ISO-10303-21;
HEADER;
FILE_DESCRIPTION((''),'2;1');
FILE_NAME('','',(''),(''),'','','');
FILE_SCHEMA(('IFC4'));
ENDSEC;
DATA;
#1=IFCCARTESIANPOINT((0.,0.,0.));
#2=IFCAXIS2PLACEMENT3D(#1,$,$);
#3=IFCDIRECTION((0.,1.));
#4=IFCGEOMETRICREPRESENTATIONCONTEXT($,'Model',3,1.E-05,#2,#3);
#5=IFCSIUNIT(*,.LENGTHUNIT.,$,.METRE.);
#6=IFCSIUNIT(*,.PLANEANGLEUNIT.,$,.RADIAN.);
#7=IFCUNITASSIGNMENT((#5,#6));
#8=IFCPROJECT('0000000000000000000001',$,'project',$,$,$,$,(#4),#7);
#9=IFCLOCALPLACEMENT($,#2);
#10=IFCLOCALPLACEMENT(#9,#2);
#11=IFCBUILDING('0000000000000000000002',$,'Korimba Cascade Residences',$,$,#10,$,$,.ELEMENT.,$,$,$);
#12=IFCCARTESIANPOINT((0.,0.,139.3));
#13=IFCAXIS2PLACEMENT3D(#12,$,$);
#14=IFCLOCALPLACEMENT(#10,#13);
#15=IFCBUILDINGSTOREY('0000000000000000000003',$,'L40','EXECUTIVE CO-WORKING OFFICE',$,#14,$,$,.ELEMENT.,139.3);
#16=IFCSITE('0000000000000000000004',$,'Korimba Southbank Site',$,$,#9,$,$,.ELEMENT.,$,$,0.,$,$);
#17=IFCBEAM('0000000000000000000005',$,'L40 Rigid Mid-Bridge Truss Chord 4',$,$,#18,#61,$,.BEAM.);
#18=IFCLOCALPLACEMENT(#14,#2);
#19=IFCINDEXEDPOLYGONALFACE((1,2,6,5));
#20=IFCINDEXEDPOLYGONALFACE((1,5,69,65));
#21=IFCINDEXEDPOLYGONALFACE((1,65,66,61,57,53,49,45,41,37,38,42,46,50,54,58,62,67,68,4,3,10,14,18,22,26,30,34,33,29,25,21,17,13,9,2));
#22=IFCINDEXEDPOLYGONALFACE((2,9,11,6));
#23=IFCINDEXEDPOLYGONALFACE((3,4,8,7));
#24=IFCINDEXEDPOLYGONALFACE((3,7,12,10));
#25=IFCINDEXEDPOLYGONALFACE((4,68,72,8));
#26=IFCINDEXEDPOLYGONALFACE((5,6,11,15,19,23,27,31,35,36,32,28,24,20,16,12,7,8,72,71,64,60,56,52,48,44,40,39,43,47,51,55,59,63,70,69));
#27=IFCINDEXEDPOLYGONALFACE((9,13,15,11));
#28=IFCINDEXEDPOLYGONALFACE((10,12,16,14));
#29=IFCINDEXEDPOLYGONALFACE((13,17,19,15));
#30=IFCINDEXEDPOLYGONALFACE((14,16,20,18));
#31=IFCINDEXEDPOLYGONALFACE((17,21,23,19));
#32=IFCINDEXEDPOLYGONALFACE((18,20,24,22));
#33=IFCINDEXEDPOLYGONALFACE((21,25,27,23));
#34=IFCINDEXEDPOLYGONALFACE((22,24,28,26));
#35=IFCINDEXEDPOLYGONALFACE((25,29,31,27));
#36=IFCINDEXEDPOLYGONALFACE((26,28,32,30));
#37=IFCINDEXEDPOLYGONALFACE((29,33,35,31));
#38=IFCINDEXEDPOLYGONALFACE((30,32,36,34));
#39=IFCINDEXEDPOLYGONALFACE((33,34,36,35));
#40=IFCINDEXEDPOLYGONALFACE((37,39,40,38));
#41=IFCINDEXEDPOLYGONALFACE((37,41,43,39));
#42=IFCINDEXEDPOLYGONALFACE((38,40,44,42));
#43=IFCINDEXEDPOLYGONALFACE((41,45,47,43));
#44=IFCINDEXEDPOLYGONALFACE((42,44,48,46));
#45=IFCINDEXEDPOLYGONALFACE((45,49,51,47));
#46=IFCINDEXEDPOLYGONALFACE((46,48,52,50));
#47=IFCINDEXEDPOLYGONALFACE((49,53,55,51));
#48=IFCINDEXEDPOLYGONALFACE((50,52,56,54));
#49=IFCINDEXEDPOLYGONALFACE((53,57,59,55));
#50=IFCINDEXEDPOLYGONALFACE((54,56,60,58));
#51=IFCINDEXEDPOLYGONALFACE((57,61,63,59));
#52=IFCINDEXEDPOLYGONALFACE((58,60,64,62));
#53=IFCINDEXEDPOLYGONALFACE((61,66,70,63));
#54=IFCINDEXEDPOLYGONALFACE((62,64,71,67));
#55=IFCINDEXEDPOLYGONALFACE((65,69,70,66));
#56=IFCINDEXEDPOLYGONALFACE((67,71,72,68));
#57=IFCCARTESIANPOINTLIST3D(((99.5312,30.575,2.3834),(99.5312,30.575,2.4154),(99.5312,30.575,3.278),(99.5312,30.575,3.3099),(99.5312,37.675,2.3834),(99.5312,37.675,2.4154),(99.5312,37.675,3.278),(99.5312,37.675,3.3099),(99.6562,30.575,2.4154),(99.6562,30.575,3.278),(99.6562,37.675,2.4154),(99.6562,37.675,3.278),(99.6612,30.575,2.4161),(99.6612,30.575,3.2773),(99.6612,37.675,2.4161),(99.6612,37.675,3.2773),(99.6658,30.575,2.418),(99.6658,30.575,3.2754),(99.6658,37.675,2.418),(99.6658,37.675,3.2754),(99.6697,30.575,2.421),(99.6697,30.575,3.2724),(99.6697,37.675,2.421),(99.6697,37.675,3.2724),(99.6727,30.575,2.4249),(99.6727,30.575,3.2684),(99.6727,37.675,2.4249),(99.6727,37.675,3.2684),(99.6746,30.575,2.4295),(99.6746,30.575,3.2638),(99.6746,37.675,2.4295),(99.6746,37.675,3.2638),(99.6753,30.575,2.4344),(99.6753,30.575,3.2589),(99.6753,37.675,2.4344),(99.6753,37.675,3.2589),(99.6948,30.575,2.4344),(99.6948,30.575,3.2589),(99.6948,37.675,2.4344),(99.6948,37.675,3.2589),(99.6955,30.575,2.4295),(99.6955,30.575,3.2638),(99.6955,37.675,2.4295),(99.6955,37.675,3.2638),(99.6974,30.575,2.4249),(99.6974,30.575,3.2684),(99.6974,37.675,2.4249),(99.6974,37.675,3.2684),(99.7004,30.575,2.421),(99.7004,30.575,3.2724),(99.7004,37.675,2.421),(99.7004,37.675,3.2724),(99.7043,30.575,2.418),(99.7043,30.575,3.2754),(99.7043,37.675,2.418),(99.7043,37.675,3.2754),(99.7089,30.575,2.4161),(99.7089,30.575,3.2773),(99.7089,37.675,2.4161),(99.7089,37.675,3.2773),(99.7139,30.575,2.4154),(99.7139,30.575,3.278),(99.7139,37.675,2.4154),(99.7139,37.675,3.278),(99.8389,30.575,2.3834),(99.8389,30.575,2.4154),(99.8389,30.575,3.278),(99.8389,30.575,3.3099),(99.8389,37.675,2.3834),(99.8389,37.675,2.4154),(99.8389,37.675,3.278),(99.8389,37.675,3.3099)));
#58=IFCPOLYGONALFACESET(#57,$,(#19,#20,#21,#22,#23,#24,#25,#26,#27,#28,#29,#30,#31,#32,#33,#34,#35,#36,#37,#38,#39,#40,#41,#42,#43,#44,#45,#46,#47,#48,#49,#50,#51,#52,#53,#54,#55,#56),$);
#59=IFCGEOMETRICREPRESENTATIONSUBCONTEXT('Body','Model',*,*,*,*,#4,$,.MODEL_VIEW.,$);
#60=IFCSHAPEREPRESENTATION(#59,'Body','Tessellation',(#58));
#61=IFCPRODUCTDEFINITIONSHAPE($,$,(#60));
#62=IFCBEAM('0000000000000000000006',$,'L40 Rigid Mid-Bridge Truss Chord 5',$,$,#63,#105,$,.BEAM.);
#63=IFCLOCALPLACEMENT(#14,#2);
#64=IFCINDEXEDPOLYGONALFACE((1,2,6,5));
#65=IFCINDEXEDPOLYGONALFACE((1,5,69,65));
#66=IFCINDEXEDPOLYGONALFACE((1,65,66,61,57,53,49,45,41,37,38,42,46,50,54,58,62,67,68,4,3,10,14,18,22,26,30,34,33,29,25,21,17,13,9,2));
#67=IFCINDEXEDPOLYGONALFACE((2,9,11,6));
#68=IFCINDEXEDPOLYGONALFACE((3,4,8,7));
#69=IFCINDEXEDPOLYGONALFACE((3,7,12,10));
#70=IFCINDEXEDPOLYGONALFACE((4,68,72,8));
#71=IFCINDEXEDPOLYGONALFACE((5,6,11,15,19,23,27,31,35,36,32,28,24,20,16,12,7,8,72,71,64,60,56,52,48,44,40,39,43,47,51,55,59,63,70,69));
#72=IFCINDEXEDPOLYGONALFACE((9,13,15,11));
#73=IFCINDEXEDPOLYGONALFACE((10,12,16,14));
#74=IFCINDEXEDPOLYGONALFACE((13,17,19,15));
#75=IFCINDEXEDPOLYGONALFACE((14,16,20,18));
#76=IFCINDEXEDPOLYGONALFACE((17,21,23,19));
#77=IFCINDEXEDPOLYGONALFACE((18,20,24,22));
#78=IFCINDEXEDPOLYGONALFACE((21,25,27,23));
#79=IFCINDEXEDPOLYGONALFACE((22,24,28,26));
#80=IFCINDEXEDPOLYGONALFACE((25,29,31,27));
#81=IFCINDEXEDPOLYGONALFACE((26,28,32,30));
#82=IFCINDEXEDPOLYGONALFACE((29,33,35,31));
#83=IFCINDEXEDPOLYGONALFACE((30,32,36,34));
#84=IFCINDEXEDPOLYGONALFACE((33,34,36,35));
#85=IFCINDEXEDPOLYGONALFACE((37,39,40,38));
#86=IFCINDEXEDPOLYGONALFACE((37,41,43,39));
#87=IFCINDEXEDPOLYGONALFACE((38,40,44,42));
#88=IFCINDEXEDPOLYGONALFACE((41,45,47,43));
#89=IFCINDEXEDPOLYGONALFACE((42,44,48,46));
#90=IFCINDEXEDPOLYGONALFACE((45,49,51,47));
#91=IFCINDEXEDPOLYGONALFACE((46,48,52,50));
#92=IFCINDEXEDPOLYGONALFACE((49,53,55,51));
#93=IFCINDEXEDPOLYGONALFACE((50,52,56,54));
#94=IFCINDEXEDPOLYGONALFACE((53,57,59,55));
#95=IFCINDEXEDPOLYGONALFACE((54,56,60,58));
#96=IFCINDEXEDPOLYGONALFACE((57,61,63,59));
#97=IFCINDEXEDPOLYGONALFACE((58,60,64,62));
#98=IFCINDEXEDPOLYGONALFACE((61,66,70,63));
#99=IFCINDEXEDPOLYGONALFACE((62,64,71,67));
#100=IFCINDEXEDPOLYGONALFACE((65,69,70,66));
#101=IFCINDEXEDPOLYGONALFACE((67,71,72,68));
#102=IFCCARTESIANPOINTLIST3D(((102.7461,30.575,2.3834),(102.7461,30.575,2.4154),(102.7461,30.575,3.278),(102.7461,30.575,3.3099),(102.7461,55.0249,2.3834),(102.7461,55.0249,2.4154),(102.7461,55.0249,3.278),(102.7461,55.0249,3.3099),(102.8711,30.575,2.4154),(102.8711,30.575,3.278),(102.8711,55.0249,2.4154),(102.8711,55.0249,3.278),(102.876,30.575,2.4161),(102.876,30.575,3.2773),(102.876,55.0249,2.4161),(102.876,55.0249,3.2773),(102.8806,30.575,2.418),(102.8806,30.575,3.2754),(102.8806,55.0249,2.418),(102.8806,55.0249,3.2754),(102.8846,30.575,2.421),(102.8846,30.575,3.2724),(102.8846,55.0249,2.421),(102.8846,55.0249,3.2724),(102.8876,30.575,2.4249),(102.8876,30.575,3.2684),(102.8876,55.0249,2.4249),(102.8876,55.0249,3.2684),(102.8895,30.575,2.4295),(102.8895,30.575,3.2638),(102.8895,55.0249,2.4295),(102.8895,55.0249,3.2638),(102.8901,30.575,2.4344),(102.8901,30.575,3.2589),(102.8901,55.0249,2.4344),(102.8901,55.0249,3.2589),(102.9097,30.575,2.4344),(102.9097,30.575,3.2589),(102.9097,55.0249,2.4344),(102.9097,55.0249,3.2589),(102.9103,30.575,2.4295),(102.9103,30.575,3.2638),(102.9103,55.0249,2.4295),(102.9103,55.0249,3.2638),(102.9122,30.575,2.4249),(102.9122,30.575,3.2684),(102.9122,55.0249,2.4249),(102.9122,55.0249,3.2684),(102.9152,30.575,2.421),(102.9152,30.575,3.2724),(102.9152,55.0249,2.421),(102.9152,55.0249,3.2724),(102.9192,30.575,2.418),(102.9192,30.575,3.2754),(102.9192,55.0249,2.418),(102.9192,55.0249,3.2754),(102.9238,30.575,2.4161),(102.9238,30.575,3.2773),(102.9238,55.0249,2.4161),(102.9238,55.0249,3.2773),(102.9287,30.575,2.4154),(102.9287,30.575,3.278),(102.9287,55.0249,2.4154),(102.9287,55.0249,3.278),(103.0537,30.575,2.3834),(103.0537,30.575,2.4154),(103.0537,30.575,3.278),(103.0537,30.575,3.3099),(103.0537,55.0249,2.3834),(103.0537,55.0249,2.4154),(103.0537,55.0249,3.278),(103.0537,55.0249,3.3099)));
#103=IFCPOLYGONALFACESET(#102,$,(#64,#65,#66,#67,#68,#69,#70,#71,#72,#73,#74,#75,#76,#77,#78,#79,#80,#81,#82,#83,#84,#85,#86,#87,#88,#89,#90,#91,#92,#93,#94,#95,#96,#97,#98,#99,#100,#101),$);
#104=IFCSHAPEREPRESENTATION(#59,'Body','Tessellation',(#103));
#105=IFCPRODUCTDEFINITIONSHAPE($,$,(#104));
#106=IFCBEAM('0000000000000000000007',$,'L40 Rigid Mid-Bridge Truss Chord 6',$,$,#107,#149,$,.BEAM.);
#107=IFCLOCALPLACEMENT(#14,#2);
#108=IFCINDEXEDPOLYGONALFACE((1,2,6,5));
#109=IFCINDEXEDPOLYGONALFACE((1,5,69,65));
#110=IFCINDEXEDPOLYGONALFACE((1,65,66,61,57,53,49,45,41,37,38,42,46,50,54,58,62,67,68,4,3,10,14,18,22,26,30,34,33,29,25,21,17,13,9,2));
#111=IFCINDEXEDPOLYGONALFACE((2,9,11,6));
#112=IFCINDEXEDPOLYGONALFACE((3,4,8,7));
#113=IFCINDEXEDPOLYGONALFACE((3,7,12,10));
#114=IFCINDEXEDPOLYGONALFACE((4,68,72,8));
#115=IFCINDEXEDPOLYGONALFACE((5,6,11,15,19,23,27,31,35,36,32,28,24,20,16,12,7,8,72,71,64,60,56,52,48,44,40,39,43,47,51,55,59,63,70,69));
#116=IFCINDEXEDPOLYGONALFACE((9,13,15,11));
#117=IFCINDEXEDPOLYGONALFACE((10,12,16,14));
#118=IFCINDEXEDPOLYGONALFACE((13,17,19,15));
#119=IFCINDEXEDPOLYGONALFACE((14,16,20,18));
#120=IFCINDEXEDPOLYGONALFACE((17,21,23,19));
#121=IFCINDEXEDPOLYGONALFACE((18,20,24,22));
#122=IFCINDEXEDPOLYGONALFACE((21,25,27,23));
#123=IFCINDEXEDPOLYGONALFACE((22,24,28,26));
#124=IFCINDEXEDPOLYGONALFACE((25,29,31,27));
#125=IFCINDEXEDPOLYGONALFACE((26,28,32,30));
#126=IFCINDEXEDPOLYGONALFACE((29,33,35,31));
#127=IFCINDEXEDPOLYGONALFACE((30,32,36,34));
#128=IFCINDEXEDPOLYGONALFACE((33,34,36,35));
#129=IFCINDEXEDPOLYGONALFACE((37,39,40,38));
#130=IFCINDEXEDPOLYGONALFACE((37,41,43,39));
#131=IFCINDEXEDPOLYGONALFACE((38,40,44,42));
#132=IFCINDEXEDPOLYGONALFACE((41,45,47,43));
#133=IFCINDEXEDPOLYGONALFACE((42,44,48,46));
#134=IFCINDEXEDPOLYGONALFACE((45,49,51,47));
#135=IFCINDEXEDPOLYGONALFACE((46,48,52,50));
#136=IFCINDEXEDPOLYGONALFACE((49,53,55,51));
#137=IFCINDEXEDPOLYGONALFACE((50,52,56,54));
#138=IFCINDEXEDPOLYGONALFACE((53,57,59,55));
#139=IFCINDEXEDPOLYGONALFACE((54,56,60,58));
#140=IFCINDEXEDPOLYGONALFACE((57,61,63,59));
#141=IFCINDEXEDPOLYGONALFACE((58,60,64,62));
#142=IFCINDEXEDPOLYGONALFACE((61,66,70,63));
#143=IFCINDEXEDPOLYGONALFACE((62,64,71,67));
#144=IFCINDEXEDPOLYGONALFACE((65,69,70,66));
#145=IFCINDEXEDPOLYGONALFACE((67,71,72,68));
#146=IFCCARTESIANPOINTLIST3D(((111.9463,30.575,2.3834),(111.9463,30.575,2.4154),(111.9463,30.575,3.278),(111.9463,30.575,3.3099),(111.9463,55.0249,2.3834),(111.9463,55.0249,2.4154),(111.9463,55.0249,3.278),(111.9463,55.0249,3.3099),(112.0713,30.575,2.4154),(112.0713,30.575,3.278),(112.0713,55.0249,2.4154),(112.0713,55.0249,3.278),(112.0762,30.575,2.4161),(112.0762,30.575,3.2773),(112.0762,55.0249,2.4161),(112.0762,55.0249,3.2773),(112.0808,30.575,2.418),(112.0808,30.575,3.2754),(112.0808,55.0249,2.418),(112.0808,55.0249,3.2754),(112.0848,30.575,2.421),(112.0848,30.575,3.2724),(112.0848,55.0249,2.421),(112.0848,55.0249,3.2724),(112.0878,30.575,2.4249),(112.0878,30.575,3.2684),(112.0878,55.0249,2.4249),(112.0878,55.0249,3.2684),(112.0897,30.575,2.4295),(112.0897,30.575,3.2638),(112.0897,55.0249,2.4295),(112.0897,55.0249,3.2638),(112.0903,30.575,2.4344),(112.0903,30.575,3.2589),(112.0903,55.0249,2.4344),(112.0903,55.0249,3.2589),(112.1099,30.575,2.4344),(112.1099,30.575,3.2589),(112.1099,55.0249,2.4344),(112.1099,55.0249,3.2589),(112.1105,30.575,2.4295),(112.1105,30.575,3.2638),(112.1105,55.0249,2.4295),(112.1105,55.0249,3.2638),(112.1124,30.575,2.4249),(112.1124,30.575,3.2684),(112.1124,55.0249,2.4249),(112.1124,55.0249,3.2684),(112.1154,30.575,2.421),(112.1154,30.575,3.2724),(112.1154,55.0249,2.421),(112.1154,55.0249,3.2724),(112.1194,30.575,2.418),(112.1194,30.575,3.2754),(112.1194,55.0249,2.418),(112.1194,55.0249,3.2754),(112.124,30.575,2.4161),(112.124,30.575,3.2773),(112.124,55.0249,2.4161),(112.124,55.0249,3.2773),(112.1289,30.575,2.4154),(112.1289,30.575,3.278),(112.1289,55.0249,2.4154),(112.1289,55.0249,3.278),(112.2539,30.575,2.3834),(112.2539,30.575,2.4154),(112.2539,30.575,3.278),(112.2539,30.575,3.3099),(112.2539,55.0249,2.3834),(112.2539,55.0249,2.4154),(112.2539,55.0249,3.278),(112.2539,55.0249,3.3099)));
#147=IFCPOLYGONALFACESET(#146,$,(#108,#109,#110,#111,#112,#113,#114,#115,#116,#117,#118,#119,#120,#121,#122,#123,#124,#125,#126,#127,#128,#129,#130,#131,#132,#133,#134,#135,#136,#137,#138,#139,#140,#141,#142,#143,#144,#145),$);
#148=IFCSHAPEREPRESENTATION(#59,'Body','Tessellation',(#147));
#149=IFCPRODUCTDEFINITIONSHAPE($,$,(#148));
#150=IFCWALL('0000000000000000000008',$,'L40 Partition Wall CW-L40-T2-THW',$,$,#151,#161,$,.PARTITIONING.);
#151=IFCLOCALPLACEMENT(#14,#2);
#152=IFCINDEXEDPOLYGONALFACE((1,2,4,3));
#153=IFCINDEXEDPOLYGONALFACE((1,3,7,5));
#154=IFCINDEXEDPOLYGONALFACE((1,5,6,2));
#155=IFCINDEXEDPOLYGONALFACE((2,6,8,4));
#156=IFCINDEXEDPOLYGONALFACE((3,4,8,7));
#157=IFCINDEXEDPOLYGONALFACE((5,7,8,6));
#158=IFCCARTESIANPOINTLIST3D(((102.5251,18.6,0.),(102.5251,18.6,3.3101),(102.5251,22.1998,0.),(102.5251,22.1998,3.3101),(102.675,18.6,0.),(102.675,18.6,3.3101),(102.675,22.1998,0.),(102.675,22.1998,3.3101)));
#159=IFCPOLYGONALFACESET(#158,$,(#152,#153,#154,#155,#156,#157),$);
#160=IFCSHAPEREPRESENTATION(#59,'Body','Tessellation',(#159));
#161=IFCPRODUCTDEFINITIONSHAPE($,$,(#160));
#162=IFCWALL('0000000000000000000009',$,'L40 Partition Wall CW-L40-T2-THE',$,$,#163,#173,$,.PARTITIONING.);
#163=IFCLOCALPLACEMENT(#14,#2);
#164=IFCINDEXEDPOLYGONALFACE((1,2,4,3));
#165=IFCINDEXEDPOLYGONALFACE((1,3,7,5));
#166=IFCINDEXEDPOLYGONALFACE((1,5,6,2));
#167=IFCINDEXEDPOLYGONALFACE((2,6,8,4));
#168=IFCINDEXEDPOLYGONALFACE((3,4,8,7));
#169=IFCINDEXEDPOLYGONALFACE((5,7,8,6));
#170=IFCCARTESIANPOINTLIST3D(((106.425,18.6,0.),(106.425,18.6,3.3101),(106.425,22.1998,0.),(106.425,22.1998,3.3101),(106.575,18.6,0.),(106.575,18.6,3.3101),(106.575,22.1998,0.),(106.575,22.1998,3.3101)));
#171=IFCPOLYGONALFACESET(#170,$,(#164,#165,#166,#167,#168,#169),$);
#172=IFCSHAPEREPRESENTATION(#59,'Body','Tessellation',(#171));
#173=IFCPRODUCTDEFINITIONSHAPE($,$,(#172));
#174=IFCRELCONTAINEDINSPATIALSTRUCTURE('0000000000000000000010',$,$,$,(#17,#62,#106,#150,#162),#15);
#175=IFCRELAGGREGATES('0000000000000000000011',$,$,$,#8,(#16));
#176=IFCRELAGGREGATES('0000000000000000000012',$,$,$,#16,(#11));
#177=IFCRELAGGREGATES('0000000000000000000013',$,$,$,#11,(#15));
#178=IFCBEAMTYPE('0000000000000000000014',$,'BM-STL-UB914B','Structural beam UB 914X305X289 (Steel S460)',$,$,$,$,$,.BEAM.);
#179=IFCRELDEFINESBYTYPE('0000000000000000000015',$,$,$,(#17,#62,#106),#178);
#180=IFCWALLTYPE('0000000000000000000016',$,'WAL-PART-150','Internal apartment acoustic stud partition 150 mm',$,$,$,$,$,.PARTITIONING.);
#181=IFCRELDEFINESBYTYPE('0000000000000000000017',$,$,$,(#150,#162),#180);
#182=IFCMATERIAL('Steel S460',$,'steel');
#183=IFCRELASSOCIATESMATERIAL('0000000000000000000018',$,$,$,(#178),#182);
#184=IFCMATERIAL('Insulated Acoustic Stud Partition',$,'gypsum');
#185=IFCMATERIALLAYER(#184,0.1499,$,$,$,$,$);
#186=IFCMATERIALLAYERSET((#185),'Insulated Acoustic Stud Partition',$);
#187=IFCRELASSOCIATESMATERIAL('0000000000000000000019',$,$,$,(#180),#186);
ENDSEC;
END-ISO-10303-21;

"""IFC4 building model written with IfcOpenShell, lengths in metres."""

from ifc_helpers import new_model, si_unit, direction, frame, frame_2d, origin, origin_2d, place, context, subcontext, project, spatial, rectangle, i_section, extrude, material, layer, layer_set, material_profile, profile_set, type_object, element, save


model = new_model("IFC4")

# Units and contexts
model_context = context("Model", 3, precision=1e-05, world=origin(), true_north=direction((0.0, 1.0)))
body_context = subcontext(model_context, "Body", "Model", "MODEL_VIEW")
ifc_project = project(units=[si_unit("LENGTHUNIT", "METRE"), si_unit("PLANEANGLEUNIT", "RADIAN")], contexts=[model_context])

# Site, building, storey
site_placement = place(None, origin())
site = spatial("IfcSite", under=ifc_project, at=site_placement, Name="Korimba Southbank Site", CompositionType="ELEMENT", RefElevation=0.0)
building_placement = place(site_placement, origin())
building = spatial("IfcBuilding", under=site, at=building_placement, Name="Korimba Cascade Residences", CompositionType="ELEMENT")
storey_placement = place(building_placement, frame((0.0, 0.0, 139.3)))
storey = spatial("IfcBuildingStorey", under=building, at=storey_placement, Name="L40", Description="EXECUTIVE CO-WORKING OFFICE", CompositionType="ELEMENT", Elevation=139.3)

# Shared definitions
ifc_material_1 = material(Name="Steel S460", Category="steel")

# Beams
ifc_material_profile_1 = material_profile(ifc_material_1, i_section(OverallWidth=0.3076, OverallDepth=0.9265, WebThickness=0.0195, FlangeThickness=0.032, FilletRadius=0.019, at=origin_2d()), Name="Steel S460")
ifc_profile_set_1 = profile_set([ifc_material_profile_1], Name="Steel S460")
beam_type_1 = type_object("IfcBeamType", Name="BM-STL-UB914B", Description="Structural beam UB 914X305X289 (Steel S460)", PredefinedType="BEAM", material=ifc_profile_set_1)
beam_1_placement = place(storey_placement, frame((99.6851, 30.575, 2.8467), z_axis=(0.0, 1.0, 0.0), x_axis=(-1.0, 0.0, 0.0)))
element("IfcBeam", 1, at=beam_1_placement, inside=storey, type_object=beam_type_1, Name="L40 Rigid Mid-Bridge Truss Chord 4", PredefinedType="BEAM", context=body_context, shape_type="SweptSolid", body=[
    extrude(i_section(OverallWidth=0.3076, OverallDepth=0.9265, WebThickness=0.0195, FlangeThickness=0.032, FilletRadius=0.019, at=origin_2d()), origin(), (0.0, 0.0, 1.0), 7.1001),
])
for number, where, z_axis, x_axis, name in (
    (2, (102.8999, 30.575, 2.8467), (0.0, 1.0, 0.0), (-1.0, 0.0, 0.0), "L40 Rigid Mid-Bridge Truss Chord 5"),
    (3, (112.1001, 30.575, 2.8467), (0.0, 1.0, 0.0), (-1.0, 0.0, 0.0), "L40 Rigid Mid-Bridge Truss Chord 6"),
):
    element("IfcBeam", number, at=place(storey_placement, frame(where, z_axis=z_axis, x_axis=x_axis)), inside=storey, type_object=beam_type_1, Name=name, PredefinedType="BEAM", context=body_context, shape_type="SweptSolid", body=[
        extrude(i_section(OverallWidth=0.3076, OverallDepth=0.9265, WebThickness=0.0195, FlangeThickness=0.032, FilletRadius=0.019, at=origin_2d()), origin(), (0.0, 0.0, 1.0), 24.45),
    ])

# Walls
ifc_material_2 = material(Name="Insulated Acoustic Stud Partition", Category="gypsum")
ifc_layer_1 = layer(ifc_material_2, 0.1499)
ifc_layer_set_1 = layer_set([ifc_layer_1], Name="Insulated Acoustic Stud Partition")
wall_type_1 = type_object("IfcWallType", Name="WAL-PART-150", Description="Internal apartment acoustic stud partition 150 mm", PredefinedType="PARTITIONING", material=ifc_layer_set_1)
for number, where, z_axis, x_axis, name in (
    (4, (102.6001, 18.6001, 0.0), (0.0, 0.0, 1.0), (0.0, 1.0, 0.0), "L40 Partition Wall CW-L40-T2-THW"),
    (5, (106.5, 18.6001, 0.0), (0.0, 0.0, 1.0), (0.0, 1.0, 0.0), "L40 Partition Wall CW-L40-T2-THE"),
):
    element("IfcWall", number, at=place(storey_placement, frame(where, z_axis=z_axis, x_axis=x_axis)), inside=storey, type_object=wall_type_1, Name=name, PredefinedType="PARTITIONING", context=body_context, shape_type="SweptSolid", body=[
        extrude(rectangle(XDim=3.5999, YDim=0.1499, at=frame_2d((1.7998, 0.0))), origin(), (0.0, 0.0, 1.0), 3.3101),
    ])

save(model, "model.ifc")
